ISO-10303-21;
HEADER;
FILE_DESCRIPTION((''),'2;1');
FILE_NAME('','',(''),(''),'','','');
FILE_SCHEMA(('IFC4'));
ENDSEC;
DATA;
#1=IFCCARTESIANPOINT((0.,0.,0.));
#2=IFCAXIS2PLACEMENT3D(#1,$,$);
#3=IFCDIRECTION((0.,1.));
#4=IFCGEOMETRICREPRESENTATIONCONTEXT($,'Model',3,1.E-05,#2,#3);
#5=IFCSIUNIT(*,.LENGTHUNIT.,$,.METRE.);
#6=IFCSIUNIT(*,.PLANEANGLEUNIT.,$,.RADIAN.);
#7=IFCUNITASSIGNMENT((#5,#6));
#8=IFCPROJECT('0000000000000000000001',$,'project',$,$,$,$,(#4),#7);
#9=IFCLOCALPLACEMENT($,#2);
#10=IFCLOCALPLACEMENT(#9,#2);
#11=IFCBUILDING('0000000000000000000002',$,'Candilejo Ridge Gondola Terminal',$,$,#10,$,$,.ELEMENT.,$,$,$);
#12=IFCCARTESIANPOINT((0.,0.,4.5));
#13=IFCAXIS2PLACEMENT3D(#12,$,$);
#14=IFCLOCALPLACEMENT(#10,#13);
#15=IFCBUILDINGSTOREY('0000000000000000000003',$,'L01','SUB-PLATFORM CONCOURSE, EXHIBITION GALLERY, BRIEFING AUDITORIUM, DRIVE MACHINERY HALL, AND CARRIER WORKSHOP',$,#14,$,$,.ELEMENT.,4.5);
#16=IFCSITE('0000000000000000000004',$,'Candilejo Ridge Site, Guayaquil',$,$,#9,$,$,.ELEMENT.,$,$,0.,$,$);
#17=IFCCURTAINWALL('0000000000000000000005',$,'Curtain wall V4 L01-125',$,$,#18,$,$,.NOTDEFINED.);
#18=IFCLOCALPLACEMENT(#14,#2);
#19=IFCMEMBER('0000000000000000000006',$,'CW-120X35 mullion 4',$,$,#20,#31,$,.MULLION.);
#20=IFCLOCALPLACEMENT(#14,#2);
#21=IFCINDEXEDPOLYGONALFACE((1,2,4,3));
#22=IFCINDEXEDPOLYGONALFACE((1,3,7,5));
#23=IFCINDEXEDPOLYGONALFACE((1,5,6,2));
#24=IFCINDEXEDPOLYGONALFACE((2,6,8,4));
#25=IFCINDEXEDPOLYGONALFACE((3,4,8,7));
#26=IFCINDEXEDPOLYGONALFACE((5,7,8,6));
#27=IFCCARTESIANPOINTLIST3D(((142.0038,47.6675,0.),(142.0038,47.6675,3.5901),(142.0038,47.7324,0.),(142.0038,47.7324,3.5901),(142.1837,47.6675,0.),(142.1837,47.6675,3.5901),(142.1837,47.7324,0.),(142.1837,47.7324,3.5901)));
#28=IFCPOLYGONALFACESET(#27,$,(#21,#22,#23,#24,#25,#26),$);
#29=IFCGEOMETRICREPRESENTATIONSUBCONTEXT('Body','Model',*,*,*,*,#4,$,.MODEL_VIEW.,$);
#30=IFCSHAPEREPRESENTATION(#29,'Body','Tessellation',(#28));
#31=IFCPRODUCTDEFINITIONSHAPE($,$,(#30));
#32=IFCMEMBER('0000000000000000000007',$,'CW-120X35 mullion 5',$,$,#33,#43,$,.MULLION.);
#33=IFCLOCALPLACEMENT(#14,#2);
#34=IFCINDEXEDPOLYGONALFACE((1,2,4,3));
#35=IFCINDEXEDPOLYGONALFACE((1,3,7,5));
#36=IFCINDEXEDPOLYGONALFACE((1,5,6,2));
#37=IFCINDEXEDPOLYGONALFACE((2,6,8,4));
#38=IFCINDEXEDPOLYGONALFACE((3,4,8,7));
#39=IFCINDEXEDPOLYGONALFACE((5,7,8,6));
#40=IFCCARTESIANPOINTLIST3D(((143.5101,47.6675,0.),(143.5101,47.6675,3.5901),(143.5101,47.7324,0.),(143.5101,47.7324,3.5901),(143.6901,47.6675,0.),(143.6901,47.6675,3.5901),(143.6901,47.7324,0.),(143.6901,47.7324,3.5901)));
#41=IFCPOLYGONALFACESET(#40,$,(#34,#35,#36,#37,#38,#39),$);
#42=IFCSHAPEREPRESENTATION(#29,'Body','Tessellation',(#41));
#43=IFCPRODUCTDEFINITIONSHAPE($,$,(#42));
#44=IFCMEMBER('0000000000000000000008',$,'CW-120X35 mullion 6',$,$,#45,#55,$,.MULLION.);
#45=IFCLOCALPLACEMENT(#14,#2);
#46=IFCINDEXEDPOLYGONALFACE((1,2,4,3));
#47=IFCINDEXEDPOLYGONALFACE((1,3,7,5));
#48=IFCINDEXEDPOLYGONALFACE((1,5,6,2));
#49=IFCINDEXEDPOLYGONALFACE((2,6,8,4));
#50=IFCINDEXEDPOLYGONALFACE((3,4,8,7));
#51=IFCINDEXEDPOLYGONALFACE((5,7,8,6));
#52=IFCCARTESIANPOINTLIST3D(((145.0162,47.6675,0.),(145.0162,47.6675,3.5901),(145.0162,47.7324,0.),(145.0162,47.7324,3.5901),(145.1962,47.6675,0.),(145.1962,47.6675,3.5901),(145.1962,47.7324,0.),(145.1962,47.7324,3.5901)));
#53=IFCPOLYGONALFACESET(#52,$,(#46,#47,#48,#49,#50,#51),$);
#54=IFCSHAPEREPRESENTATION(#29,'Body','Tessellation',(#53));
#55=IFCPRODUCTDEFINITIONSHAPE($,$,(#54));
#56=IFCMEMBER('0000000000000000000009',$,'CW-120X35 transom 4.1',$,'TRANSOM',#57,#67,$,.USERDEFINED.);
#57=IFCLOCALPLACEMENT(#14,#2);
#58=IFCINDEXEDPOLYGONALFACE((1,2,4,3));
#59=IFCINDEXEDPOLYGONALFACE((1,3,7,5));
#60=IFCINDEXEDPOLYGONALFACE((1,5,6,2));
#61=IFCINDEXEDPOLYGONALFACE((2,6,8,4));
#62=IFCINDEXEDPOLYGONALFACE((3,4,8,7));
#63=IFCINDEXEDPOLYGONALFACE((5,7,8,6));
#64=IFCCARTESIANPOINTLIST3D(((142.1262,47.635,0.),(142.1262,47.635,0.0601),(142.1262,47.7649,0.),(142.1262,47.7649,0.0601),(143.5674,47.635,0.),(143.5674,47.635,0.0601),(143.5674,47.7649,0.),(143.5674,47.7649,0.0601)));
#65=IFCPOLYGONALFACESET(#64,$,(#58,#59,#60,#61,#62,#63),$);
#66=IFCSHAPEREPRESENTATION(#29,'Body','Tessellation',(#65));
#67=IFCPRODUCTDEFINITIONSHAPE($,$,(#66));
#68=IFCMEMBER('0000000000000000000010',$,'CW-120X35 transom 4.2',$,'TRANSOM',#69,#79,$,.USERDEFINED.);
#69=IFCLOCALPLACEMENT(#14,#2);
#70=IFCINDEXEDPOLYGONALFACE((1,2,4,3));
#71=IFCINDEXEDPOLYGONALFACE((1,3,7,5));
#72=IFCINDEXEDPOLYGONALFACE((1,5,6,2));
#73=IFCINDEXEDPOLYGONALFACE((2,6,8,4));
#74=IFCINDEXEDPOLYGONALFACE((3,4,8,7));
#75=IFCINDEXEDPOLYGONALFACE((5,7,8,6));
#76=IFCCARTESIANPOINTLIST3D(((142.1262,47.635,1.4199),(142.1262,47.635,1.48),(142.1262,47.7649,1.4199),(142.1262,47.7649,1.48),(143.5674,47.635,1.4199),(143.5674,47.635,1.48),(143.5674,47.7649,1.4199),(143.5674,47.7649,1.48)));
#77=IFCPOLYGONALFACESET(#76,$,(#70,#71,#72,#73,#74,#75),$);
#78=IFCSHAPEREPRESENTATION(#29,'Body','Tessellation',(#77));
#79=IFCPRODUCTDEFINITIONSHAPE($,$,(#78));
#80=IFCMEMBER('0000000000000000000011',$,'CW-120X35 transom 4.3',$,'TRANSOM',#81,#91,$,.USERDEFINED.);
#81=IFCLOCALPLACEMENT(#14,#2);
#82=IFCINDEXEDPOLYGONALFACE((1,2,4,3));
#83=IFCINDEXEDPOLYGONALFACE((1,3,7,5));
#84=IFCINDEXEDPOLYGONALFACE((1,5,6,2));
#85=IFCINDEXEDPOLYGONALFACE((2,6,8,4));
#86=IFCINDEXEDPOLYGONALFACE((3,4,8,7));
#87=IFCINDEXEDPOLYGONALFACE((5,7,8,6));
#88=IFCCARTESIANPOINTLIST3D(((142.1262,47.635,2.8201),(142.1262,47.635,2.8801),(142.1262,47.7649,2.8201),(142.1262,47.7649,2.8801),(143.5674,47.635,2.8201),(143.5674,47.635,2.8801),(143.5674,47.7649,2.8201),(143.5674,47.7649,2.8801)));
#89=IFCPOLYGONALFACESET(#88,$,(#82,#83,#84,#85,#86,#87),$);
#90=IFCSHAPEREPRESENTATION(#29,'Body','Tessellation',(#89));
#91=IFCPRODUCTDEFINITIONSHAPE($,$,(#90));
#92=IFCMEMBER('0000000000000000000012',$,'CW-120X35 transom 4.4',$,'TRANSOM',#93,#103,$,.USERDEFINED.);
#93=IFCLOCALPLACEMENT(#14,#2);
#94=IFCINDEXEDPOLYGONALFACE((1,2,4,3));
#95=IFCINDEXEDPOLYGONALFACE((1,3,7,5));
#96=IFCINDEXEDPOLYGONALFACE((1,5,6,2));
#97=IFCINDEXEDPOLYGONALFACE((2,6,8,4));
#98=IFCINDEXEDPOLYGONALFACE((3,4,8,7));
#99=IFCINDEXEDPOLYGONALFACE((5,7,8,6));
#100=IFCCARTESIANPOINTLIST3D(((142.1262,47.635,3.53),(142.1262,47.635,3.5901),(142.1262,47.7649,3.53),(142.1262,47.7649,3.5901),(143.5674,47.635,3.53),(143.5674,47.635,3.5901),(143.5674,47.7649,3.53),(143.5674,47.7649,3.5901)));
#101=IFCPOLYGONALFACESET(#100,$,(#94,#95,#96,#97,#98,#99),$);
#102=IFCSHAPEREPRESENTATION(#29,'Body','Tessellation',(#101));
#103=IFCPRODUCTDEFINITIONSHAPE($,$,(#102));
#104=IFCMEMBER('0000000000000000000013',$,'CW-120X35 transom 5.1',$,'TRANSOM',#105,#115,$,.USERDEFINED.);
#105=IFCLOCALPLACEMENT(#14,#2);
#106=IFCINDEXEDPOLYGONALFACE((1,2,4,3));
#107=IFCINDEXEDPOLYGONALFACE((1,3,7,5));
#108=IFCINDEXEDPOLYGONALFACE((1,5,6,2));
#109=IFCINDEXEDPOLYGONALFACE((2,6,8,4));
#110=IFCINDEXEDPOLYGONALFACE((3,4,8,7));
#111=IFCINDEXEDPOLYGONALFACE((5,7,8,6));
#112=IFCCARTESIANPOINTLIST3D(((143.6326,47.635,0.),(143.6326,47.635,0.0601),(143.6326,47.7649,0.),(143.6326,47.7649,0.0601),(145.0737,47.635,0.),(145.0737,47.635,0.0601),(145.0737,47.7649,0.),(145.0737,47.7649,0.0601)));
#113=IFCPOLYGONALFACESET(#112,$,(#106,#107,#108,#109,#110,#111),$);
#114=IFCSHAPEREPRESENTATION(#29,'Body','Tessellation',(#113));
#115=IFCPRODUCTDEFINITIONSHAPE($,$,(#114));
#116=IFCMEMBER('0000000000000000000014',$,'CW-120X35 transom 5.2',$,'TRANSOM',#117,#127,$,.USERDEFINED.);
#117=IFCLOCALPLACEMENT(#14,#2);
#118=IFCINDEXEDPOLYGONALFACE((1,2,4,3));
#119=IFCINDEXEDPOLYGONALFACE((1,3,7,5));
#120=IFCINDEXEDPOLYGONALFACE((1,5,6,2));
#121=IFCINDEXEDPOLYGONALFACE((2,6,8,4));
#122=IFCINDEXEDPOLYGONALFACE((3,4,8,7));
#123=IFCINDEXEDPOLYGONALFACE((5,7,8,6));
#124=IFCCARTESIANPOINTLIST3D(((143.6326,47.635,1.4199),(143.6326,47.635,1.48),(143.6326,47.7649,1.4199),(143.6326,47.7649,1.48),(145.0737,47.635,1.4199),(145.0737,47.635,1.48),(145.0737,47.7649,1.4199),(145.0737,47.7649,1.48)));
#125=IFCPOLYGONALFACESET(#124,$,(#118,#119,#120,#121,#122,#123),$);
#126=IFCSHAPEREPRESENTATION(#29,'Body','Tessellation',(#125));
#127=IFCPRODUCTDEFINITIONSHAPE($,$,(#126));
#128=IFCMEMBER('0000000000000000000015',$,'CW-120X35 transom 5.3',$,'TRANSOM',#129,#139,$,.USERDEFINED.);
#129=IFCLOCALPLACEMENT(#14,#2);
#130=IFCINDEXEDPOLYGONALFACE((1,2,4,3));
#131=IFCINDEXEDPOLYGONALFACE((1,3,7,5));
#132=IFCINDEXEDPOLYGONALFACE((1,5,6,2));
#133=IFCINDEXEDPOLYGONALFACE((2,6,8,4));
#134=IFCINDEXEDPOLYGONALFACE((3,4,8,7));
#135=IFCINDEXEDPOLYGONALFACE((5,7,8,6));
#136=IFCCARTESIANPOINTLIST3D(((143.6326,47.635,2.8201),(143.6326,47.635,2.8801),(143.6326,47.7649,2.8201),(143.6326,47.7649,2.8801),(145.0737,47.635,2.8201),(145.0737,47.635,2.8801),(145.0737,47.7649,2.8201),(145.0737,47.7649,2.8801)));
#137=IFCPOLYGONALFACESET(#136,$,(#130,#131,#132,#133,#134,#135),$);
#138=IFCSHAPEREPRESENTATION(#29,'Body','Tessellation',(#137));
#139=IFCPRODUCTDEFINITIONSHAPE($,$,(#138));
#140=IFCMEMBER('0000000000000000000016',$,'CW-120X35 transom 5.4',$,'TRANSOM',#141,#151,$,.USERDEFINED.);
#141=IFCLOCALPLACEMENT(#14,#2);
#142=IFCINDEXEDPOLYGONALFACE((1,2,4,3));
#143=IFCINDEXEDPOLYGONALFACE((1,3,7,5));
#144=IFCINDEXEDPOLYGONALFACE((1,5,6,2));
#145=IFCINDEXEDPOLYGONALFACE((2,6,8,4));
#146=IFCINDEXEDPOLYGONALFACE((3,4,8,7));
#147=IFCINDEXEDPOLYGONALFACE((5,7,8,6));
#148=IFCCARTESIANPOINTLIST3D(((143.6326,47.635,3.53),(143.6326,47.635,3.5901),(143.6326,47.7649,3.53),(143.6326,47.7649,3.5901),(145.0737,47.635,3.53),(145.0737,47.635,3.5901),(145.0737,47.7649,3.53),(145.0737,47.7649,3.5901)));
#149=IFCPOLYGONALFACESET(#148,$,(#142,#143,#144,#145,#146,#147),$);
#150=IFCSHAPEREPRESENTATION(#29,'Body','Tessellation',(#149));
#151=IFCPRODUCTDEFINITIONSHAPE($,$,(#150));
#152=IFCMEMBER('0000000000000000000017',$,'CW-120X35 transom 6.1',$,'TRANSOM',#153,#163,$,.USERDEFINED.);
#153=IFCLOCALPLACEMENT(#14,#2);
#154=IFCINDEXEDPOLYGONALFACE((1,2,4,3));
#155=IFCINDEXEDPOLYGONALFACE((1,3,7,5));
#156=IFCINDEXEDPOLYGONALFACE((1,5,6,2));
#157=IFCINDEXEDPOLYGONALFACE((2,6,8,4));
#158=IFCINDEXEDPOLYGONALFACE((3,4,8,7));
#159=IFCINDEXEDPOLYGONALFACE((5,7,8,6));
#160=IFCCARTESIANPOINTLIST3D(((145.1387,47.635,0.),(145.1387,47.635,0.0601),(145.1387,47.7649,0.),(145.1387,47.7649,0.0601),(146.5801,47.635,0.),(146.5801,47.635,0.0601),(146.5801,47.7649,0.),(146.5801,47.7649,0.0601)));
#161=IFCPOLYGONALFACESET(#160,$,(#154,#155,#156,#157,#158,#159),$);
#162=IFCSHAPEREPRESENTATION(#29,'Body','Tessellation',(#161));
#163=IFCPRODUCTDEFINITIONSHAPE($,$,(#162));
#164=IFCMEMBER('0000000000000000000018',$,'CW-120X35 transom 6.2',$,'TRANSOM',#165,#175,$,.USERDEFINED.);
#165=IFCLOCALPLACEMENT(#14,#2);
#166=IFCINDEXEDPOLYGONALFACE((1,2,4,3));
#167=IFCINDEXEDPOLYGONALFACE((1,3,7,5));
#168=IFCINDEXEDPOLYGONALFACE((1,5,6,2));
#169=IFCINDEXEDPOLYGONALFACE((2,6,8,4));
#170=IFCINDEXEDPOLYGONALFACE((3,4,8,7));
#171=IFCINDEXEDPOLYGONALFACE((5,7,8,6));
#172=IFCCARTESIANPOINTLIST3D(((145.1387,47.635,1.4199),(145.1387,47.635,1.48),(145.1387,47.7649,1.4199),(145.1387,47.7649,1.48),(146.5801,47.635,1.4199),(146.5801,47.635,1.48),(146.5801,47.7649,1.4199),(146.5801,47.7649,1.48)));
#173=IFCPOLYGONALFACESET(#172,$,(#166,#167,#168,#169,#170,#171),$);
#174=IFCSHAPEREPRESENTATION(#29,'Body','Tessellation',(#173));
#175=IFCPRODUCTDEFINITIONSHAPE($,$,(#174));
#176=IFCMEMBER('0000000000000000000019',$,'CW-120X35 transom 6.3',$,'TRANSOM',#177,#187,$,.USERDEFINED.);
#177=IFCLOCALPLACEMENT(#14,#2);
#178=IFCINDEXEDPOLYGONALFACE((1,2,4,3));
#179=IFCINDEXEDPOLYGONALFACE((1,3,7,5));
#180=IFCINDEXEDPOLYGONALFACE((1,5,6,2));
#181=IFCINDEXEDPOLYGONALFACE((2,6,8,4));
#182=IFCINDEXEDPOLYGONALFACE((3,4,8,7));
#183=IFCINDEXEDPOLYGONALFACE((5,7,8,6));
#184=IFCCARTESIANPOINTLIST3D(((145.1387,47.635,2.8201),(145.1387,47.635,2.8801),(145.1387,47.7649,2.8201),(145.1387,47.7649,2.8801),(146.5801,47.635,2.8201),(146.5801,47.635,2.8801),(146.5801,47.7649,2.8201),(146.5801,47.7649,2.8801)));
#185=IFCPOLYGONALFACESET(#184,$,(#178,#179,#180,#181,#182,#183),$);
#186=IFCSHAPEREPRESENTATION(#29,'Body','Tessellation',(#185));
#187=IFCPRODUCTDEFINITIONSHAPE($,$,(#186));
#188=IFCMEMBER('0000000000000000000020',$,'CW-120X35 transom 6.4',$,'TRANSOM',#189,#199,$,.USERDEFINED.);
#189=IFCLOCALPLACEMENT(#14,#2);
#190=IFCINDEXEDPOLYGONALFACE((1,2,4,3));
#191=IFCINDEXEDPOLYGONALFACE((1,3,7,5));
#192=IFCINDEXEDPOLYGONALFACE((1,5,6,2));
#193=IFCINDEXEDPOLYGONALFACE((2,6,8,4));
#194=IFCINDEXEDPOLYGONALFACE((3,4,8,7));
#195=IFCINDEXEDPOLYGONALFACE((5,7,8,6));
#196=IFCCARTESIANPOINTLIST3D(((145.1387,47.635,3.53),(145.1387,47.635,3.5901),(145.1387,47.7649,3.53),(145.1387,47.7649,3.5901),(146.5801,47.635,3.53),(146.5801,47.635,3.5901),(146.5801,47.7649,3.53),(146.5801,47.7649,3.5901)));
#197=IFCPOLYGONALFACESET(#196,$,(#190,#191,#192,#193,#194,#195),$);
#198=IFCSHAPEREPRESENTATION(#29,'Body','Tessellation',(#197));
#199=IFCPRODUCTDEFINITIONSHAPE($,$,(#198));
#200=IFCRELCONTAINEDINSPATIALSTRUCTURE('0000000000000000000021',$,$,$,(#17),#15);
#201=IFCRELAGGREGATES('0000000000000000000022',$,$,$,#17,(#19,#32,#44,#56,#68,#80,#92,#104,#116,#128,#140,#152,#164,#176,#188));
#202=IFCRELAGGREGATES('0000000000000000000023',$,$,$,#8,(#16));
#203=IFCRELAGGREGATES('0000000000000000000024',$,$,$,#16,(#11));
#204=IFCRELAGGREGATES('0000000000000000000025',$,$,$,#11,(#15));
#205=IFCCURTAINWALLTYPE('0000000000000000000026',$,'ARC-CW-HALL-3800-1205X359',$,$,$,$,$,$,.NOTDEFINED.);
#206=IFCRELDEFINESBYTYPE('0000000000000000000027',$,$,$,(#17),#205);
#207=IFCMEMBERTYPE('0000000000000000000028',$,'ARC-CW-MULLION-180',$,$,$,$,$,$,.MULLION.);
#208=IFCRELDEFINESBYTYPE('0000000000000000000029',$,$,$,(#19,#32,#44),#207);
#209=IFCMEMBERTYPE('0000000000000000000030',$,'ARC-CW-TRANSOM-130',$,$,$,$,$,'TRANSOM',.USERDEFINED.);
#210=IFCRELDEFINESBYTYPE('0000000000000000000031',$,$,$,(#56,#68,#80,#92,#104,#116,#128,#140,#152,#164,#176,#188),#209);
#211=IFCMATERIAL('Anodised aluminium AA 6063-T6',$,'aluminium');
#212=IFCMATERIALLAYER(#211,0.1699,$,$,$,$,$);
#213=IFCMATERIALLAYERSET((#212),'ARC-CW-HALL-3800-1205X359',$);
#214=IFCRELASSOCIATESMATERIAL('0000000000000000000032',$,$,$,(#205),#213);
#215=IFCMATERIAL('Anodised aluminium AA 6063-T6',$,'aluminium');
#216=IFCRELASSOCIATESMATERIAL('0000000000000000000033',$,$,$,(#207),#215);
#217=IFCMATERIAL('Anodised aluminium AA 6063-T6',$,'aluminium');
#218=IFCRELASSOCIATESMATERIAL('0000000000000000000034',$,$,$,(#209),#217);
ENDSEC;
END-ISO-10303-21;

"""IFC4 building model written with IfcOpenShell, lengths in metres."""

from ifc_helpers import new_model, si_unit, direction, frame, origin, origin_2d, place, context, subcontext, project, spatial, rectangle, extrude, material, layer, layer_set, material_profile, profile_set, type_object, element, aggregate, save


model = new_model("IFC4")

# Units and contexts
model_context = context("Model", 3, precision=1e-05, world=origin(), true_north=direction((0.0, 1.0)))
body_context = subcontext(model_context, "Body", "Model", "MODEL_VIEW")
ifc_project = project(units=[si_unit("LENGTHUNIT", "METRE"), si_unit("PLANEANGLEUNIT", "RADIAN")], contexts=[model_context])

# Site, building, storey
site_placement = place(None, origin())
site = spatial("IfcSite", under=ifc_project, at=site_placement, Name="Candilejo Ridge Site, Guayaquil", CompositionType="ELEMENT", RefElevation=0.0)
building_placement = place(site_placement, origin())
building = spatial("IfcBuilding", under=site, at=building_placement, Name="Candilejo Ridge Gondola Terminal", CompositionType="ELEMENT")
storey_placement = place(building_placement, frame((0.0, 0.0, 4.5)))
storey = spatial("IfcBuildingStorey", under=building, at=storey_placement, Name="L01", Description="SUB-PLATFORM CONCOURSE, EXHIBITION GALLERY, BRIEFING AUDITORIUM, DRIVE MACHINERY HALL, AND CARRIER WORKSHOP", CompositionType="ELEMENT", Elevation=4.5)

# Curtain wall, members
ifc_material_1 = material(Name="Anodised aluminium AA 6063-T6", Category="aluminium")
ifc_layer_1 = layer(ifc_material_1, 0.1699)
ifc_layer_set_1 = layer_set([ifc_layer_1], Name="ARC-CW-HALL-3800-1205X359")
curtain_wall_type = type_object("IfcCurtainWallType", Name="ARC-CW-HALL-3800-1205X359", PredefinedType="NOTDEFINED", material=ifc_layer_set_1)
curtain_wall_placement = place(storey_placement, origin())
curtain_wall = element("IfcCurtainWall", 1, at=curtain_wall_placement, inside=storey, type_object=curtain_wall_type, Name="Curtain wall V4 L01-125", PredefinedType="NOTDEFINED")
ifc_material_2 = material(Name="Anodised aluminium AA 6063-T6", Category="aluminium")
ifc_material_profile_1 = material_profile(ifc_material_2, rectangle(XDim=0.0649, YDim=0.1799, at=origin_2d()))
ifc_profile_set_1 = profile_set([ifc_material_profile_1], Name="Anodised aluminium AA 6063-T6")
member_type_1 = type_object("IfcMemberType", Name="ARC-CW-MULLION-180", PredefinedType="MULLION", material=ifc_profile_set_1)
member_1_placement = place(storey_placement, frame((142.0938, 47.7, 0.0), z_axis=(0.0, 0.0, 1.0), x_axis=(0.0, 1.0, 0.0)))
member_1 = element("IfcMember", 2, at=member_1_placement, type_object=member_type_1, Name="CW-120X35 mullion 4", PredefinedType="MULLION", context=body_context, shape_type="SweptSolid", body=[
    extrude(rectangle(XDim=0.0649, YDim=0.1799, at=origin_2d()), origin(), (0.0, 0.0, 1.0), 3.5901),
])
member_2_placement = place(storey_placement, frame((143.6001, 47.7, 0.0), z_axis=(0.0, 0.0, 1.0), x_axis=(0.0, 1.0, 0.0)))
member_2 = element("IfcMember", 3, at=member_2_placement, type_object=member_type_1, Name="CW-120X35 mullion 5", PredefinedType="MULLION", context=body_context, shape_type="SweptSolid", body=[
    extrude(rectangle(XDim=0.0649, YDim=0.1799, at=origin_2d()), origin(), (0.0, 0.0, 1.0), 3.5901),
])
member_3_placement = place(storey_placement, frame((145.1062, 47.7, 0.0), z_axis=(0.0, 0.0, 1.0), x_axis=(0.0, 1.0, 0.0)))
member_3 = element("IfcMember", 4, at=member_3_placement, type_object=member_type_1, Name="CW-120X35 mullion 6", PredefinedType="MULLION", context=body_context, shape_type="SweptSolid", body=[
    extrude(rectangle(XDim=0.0649, YDim=0.1799, at=origin_2d()), origin(), (0.0, 0.0, 1.0), 3.5901),
])
ifc_material_3 = material(Name="Anodised aluminium AA 6063-T6", Category="aluminium")
ifc_material_profile_2 = material_profile(ifc_material_3, rectangle(XDim=0.1299, YDim=0.0601, at=origin_2d()))
ifc_profile_set_2 = profile_set([ifc_material_profile_2], Name="Anodised aluminium AA 6063-T6")
member_type_2 = type_object("IfcMemberType", Name="ARC-CW-TRANSOM-130", ElementType="TRANSOM", PredefinedType="USERDEFINED", material=ifc_profile_set_2)
member_4_placement = place(storey_placement, frame((142.1262, 47.7, 0.03), z_axis=(1.0, 0.0, 0.0), x_axis=(0.0, 1.0, 0.0)))
member_4 = element("IfcMember", 5, at=member_4_placement, type_object=member_type_2, Name="CW-120X35 transom 4.1", ObjectType="TRANSOM", PredefinedType="USERDEFINED", context=body_context, shape_type="SweptSolid", body=[
    extrude(rectangle(XDim=0.1299, YDim=0.0601, at=origin_2d()), origin(), (0.0, 0.0, 1.0), 1.4412),
])
member_5_placement = place(storey_placement, frame((142.1262, 47.7, 1.45), z_axis=(1.0, 0.0, 0.0), x_axis=(0.0, 1.0, 0.0)))
member_5 = element("IfcMember", 6, at=member_5_placement, type_object=member_type_2, Name="CW-120X35 transom 4.2", ObjectType="TRANSOM", PredefinedType="USERDEFINED", context=body_context, shape_type="SweptSolid", body=[
    extrude(rectangle(XDim=0.1299, YDim=0.0601, at=origin_2d()), origin(), (0.0, 0.0, 1.0), 1.4412),
])
member_6_placement = place(storey_placement, frame((142.1262, 47.7, 2.8501), z_axis=(1.0, 0.0, 0.0), x_axis=(0.0, 1.0, 0.0)))
member_6 = element("IfcMember", 7, at=member_6_placement, type_object=member_type_2, Name="CW-120X35 transom 4.3", ObjectType="TRANSOM", PredefinedType="USERDEFINED", context=body_context, shape_type="SweptSolid", body=[
    extrude(rectangle(XDim=0.1299, YDim=0.0601, at=origin_2d()), origin(), (0.0, 0.0, 1.0), 1.4412),
])
member_7_placement = place(storey_placement, frame((142.1262, 47.7, 3.5601), z_axis=(1.0, 0.0, 0.0), x_axis=(0.0, 1.0, 0.0)))
member_7 = element("IfcMember", 8, at=member_7_placement, type_object=member_type_2, Name="CW-120X35 transom 4.4", ObjectType="TRANSOM", PredefinedType="USERDEFINED", context=body_context, shape_type="SweptSolid", body=[
    extrude(rectangle(XDim=0.1299, YDim=0.0601, at=origin_2d()), origin(), (0.0, 0.0, 1.0), 1.4412),
])
member_8_placement = place(storey_placement, frame((143.6326, 47.7, 0.03), z_axis=(1.0, 0.0, 0.0), x_axis=(0.0, 1.0, 0.0)))
member_8 = element("IfcMember", 9, at=member_8_placement, type_object=member_type_2, Name="CW-120X35 transom 5.1", ObjectType="TRANSOM", PredefinedType="USERDEFINED", context=body_context, shape_type="SweptSolid", body=[
    extrude(rectangle(XDim=0.1299, YDim=0.0601, at=origin_2d()), origin(), (0.0, 0.0, 1.0), 1.4412),
])
member_9_placement = place(storey_placement, frame((143.6326, 47.7, 1.45), z_axis=(1.0, 0.0, 0.0), x_axis=(0.0, 1.0, 0.0)))
member_9 = element("IfcMember", 10, at=member_9_placement, type_object=member_type_2, Name="CW-120X35 transom 5.2", ObjectType="TRANSOM", PredefinedType="USERDEFINED", context=body_context, shape_type="SweptSolid", body=[
    extrude(rectangle(XDim=0.1299, YDim=0.0601, at=origin_2d()), origin(), (0.0, 0.0, 1.0), 1.4412),
])
member_10_placement = place(storey_placement, frame((143.6326, 47.7, 2.8501), z_axis=(1.0, 0.0, 0.0), x_axis=(0.0, 1.0, 0.0)))
member_10 = element("IfcMember", 11, at=member_10_placement, type_object=member_type_2, Name="CW-120X35 transom 5.3", ObjectType="TRANSOM", PredefinedType="USERDEFINED", context=body_context, shape_type="SweptSolid", body=[
    extrude(rectangle(XDim=0.1299, YDim=0.0601, at=origin_2d()), origin(), (0.0, 0.0, 1.0), 1.4412),
])
member_11_placement = place(storey_placement, frame((143.6326, 47.7, 3.5601), z_axis=(1.0, 0.0, 0.0), x_axis=(0.0, 1.0, 0.0)))
member_11 = element("IfcMember", 12, at=member_11_placement, type_object=member_type_2, Name="CW-120X35 transom 5.4", ObjectType="TRANSOM", PredefinedType="USERDEFINED", context=body_context, shape_type="SweptSolid", body=[
    extrude(rectangle(XDim=0.1299, YDim=0.0601, at=origin_2d()), origin(), (0.0, 0.0, 1.0), 1.4412),
])
member_12_placement = place(storey_placement, frame((145.1387, 47.7, 0.03), z_axis=(1.0, 0.0, 0.0), x_axis=(0.0, 1.0, 0.0)))
member_12 = element("IfcMember", 13, at=member_12_placement, type_object=member_type_2, Name="CW-120X35 transom 6.1", ObjectType="TRANSOM", PredefinedType="USERDEFINED", context=body_context, shape_type="SweptSolid", body=[
    extrude(rectangle(XDim=0.1299, YDim=0.0601, at=origin_2d()), origin(), (0.0, 0.0, 1.0), 1.4414),
])
member_13_placement = place(storey_placement, frame((145.1387, 47.7, 1.45), z_axis=(1.0, 0.0, 0.0), x_axis=(0.0, 1.0, 0.0)))
member_13 = element("IfcMember", 14, at=member_13_placement, type_object=member_type_2, Name="CW-120X35 transom 6.2", ObjectType="TRANSOM", PredefinedType="USERDEFINED", context=body_context, shape_type="SweptSolid", body=[
    extrude(rectangle(XDim=0.1299, YDim=0.0601, at=origin_2d()), origin(), (0.0, 0.0, 1.0), 1.4414),
])
member_14_placement = place(storey_placement, frame((145.1387, 47.7, 2.8501), z_axis=(1.0, 0.0, 0.0), x_axis=(0.0, 1.0, 0.0)))
member_14 = element("IfcMember", 15, at=member_14_placement, type_object=member_type_2, Name="CW-120X35 transom 6.3", ObjectType="TRANSOM", PredefinedType="USERDEFINED", context=body_context, shape_type="SweptSolid", body=[
    extrude(rectangle(XDim=0.1299, YDim=0.0601, at=origin_2d()), origin(), (0.0, 0.0, 1.0), 1.4414),
])
member_15_placement = place(storey_placement, frame((145.1387, 47.7, 3.5601), z_axis=(1.0, 0.0, 0.0), x_axis=(0.0, 1.0, 0.0)))
member_15 = element("IfcMember", 16, at=member_15_placement, type_object=member_type_2, Name="CW-120X35 transom 6.4", ObjectType="TRANSOM", PredefinedType="USERDEFINED", context=body_context, shape_type="SweptSolid", body=[
    extrude(rectangle(XDim=0.1299, YDim=0.0601, at=origin_2d()), origin(), (0.0, 0.0, 1.0), 1.4414),
])
aggregate(curtain_wall, [member_1, member_2, member_3, member_4, member_5, member_6, member_7, member_8, member_9, member_10, member_11, member_12, member_13, member_14, member_15])

save(model, "model.ifc")
